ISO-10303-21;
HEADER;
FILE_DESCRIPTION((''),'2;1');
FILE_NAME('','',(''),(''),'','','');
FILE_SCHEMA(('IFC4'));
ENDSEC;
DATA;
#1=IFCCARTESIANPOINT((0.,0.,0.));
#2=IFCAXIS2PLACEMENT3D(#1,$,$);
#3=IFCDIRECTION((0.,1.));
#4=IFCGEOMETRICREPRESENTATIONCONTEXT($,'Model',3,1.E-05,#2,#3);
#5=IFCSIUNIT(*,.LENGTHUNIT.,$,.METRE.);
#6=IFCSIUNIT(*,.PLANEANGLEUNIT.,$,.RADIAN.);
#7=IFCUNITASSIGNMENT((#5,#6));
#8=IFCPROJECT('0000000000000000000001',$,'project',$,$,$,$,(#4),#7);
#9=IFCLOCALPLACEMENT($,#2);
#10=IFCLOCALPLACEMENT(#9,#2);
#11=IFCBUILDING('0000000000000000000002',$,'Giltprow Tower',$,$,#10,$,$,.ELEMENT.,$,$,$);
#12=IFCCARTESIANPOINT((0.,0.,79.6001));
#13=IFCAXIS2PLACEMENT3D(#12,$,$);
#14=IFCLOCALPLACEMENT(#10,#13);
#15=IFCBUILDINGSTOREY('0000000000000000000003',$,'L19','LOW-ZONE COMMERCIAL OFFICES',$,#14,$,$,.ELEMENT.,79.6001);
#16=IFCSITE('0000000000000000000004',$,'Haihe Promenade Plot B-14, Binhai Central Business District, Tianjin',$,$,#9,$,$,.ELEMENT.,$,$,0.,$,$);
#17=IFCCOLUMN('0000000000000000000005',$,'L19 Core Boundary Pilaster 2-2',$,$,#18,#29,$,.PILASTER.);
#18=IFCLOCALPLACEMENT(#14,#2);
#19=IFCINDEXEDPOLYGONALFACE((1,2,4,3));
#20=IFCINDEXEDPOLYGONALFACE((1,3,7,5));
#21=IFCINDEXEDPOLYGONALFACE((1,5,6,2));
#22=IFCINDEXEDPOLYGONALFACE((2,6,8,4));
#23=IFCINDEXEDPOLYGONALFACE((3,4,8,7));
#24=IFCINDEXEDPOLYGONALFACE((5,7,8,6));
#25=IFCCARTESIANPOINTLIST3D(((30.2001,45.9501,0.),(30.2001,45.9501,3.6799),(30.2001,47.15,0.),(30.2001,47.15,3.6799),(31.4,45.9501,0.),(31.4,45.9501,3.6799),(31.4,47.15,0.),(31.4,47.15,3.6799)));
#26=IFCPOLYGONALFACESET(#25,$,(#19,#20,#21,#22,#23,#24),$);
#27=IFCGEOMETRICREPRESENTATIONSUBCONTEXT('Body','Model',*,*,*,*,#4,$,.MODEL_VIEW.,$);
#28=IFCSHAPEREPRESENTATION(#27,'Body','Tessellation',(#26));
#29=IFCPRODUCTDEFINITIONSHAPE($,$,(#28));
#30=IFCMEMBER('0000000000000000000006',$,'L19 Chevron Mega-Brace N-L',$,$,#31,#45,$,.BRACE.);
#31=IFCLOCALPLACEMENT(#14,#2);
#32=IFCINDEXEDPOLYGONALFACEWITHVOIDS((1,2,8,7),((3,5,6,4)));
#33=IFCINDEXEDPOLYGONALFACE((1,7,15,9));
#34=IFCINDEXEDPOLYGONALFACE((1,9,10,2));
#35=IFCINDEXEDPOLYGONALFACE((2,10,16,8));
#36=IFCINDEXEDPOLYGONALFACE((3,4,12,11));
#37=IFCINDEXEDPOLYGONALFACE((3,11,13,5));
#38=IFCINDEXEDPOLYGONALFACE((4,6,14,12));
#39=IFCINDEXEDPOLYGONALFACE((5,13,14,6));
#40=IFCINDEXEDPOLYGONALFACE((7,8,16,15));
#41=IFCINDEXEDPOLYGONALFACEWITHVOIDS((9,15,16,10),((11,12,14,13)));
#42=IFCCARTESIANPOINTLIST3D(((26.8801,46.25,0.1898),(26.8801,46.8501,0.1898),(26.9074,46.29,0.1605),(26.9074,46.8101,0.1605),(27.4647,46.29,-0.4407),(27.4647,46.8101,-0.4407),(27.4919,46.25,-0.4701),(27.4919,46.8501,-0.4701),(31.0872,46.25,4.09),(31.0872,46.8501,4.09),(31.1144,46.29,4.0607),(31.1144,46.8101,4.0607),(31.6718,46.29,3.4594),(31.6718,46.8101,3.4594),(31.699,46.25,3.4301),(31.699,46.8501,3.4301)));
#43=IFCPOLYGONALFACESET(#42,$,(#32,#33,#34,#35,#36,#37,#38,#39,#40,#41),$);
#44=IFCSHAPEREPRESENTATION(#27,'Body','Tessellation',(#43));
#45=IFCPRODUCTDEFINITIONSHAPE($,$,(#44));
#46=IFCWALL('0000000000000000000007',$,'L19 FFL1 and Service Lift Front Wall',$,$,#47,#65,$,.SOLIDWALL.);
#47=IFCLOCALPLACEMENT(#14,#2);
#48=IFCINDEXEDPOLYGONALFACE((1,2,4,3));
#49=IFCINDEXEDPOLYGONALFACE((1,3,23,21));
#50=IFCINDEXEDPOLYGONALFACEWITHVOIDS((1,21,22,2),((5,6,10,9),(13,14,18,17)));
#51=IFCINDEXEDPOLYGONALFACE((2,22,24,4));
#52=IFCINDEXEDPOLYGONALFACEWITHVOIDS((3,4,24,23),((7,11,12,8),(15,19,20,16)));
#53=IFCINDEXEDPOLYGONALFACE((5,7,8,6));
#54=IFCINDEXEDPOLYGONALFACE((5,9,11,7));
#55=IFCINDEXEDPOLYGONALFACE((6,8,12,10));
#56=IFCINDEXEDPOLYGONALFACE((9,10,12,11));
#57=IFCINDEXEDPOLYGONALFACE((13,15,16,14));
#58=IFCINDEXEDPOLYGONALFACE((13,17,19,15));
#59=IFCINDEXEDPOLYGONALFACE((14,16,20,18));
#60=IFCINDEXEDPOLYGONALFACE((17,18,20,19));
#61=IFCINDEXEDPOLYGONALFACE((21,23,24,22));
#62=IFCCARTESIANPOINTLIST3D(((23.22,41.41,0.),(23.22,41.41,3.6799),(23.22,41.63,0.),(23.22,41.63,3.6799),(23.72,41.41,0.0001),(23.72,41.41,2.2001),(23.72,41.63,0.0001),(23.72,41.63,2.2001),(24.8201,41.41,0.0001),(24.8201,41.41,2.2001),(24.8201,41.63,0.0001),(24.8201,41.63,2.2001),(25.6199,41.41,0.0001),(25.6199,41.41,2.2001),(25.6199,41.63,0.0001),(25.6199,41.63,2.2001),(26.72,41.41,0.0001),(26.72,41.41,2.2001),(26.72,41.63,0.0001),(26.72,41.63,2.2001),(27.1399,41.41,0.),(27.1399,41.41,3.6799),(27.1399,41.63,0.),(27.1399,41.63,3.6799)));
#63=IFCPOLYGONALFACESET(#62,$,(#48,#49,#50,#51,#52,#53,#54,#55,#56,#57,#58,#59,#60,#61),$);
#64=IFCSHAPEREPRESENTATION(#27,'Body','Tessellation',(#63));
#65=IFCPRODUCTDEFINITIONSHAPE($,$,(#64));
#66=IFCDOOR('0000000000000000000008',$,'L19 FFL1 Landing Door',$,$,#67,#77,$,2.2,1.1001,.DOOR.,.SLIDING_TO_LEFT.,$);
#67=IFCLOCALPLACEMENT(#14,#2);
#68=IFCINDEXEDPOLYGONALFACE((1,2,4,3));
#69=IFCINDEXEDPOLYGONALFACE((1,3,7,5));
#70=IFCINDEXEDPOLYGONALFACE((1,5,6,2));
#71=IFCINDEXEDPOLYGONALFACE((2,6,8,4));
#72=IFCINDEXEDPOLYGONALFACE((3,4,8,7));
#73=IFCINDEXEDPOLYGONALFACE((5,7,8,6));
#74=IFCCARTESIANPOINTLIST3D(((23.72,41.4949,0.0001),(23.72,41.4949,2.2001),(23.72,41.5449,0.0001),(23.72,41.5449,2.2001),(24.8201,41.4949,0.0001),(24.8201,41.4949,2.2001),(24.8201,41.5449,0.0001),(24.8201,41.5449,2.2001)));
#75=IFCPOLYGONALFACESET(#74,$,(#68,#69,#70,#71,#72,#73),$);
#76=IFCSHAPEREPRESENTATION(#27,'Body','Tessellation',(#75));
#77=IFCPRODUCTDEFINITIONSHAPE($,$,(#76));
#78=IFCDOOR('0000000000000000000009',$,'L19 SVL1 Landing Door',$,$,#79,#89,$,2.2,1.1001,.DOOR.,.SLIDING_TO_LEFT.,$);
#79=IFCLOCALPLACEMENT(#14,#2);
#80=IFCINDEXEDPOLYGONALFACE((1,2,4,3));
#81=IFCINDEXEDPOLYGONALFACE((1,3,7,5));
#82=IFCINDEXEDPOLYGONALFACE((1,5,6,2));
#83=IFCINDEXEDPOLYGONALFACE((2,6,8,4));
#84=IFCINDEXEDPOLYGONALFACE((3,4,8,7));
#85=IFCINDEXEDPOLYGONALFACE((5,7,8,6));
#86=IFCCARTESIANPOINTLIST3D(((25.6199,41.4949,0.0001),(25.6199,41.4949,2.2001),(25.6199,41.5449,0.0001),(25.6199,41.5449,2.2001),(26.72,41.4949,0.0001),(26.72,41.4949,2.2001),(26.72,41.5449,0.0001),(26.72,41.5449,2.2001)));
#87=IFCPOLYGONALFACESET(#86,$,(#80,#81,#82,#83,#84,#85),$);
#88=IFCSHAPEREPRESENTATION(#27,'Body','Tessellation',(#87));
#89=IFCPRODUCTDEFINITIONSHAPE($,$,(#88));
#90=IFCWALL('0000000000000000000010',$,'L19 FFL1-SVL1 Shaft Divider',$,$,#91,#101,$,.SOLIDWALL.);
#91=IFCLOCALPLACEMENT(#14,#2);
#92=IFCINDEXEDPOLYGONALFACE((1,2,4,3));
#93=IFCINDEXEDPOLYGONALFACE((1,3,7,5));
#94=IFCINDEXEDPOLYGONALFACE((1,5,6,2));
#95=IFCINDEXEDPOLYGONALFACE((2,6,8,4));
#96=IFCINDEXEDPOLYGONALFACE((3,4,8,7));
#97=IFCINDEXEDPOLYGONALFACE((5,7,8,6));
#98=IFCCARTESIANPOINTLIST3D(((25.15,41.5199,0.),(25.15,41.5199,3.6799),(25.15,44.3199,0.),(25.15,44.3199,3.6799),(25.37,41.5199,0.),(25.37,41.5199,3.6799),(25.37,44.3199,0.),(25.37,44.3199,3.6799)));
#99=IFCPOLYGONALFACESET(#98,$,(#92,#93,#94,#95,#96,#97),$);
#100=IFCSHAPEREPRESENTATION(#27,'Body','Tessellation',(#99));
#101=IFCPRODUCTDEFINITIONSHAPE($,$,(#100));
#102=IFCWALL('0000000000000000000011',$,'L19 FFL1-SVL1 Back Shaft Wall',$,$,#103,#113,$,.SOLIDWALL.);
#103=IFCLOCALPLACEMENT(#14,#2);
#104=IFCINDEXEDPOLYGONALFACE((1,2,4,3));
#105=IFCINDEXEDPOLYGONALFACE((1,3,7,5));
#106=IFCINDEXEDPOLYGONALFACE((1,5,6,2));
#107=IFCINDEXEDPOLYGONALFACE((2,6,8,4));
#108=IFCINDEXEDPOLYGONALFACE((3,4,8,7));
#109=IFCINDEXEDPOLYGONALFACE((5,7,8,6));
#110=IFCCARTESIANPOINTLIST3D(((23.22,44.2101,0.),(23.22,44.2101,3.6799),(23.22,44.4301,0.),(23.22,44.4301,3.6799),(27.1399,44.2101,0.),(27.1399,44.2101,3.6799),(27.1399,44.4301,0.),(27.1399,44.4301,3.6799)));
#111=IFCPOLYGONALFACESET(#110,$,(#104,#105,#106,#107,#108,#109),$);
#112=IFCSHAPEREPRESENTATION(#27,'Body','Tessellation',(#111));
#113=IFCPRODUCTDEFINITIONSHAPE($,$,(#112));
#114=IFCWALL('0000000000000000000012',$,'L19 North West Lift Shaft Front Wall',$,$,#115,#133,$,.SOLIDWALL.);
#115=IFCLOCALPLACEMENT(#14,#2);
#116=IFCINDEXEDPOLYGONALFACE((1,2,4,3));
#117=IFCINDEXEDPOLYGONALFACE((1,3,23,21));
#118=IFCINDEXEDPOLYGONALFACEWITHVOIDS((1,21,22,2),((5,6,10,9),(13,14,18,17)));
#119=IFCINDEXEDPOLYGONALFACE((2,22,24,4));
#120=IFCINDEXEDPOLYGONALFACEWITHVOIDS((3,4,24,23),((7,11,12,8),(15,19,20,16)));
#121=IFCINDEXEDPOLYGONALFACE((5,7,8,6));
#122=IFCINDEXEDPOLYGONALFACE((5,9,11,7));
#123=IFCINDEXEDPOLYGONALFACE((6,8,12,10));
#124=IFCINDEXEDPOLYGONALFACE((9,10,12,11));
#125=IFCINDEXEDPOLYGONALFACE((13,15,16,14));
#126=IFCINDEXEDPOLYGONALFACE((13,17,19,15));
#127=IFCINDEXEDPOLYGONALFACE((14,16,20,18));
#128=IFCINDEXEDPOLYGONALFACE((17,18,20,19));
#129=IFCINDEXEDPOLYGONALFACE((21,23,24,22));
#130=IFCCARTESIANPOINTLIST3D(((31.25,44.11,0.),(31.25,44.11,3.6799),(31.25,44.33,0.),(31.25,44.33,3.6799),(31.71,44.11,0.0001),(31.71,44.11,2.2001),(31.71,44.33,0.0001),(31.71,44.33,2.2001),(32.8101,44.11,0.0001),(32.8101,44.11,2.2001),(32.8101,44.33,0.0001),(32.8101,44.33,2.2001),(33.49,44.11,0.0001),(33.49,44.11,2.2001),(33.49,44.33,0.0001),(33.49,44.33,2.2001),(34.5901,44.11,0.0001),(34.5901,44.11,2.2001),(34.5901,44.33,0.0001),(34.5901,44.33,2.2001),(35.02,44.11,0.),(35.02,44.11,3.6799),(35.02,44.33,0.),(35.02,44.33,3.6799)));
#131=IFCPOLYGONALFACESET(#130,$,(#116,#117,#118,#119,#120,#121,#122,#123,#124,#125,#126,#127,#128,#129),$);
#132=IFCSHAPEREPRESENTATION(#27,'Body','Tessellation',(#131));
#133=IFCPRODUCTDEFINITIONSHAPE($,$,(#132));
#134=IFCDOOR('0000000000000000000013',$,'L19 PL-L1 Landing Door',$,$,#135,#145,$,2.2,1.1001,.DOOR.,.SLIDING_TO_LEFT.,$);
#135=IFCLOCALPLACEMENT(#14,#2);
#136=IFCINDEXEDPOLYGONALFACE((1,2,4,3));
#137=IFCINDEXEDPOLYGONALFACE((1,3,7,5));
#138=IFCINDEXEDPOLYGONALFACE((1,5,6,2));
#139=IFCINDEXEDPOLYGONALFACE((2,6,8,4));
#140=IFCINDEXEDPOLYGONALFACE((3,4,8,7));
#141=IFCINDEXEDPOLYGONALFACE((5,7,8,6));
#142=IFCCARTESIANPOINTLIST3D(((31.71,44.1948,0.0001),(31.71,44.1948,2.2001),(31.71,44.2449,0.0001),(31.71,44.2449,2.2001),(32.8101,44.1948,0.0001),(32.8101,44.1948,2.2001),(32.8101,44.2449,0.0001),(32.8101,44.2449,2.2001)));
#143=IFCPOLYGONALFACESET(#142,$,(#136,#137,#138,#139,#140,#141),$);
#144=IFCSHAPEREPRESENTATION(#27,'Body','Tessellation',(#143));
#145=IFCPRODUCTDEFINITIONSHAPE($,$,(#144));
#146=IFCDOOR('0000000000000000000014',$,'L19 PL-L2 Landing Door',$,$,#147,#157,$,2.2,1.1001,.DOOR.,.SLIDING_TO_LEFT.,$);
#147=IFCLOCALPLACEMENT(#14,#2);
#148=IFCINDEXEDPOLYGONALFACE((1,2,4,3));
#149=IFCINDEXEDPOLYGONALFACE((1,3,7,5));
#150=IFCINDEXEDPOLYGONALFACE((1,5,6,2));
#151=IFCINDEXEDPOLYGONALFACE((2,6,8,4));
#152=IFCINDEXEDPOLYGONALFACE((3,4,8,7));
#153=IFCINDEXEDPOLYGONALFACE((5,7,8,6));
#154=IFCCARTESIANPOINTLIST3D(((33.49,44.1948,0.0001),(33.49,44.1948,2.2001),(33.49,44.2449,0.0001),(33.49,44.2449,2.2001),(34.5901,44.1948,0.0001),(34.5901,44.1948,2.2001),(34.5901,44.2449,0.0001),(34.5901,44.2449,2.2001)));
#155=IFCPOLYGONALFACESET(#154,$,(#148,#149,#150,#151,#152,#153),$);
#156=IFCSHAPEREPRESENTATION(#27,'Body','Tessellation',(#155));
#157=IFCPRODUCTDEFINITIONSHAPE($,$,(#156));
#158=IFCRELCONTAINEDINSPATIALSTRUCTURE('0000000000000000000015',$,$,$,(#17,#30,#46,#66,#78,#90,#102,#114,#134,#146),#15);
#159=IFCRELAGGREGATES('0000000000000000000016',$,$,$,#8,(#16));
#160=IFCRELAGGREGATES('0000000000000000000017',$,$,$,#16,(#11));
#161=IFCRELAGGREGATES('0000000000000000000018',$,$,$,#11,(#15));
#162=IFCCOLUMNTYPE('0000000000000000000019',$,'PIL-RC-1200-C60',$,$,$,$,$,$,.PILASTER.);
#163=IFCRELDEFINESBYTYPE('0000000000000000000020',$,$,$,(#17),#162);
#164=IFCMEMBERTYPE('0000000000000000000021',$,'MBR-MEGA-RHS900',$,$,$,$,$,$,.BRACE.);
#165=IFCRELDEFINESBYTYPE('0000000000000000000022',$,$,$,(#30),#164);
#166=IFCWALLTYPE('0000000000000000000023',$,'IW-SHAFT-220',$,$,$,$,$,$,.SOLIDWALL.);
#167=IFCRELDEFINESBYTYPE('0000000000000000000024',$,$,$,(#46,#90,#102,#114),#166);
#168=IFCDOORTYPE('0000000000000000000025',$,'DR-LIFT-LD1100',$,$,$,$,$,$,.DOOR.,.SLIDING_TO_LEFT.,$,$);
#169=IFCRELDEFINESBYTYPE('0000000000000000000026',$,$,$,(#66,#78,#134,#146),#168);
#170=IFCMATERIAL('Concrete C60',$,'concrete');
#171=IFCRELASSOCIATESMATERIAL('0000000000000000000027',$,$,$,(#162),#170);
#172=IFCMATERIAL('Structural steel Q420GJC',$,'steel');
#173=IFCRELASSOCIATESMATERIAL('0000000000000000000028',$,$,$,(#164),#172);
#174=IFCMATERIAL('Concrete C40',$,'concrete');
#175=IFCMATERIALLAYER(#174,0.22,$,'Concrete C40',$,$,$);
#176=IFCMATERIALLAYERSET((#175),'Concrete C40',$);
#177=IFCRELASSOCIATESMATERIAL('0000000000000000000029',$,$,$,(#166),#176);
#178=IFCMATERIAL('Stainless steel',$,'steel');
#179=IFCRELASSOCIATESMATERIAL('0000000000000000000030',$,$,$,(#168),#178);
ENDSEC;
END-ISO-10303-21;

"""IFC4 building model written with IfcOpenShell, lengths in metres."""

from ifc_helpers import new_model, si_unit, direction, frame, frame_2d, origin, origin_2d, place, context, subcontext, project, spatial, rectangle, hollow_rectangle, extrude, source, transform, mapped, material, layer, layer_set, material_profile, profile_set, type_object, element, fill, save


model = new_model("IFC4")

# Units and contexts
model_context = context("Model", 3, precision=1e-05, world=origin(), true_north=direction((0.0, 1.0)))
body_context = subcontext(model_context, "Body", "Model", "MODEL_VIEW")
ifc_project = project(units=[si_unit("LENGTHUNIT", "METRE"), si_unit("PLANEANGLEUNIT", "RADIAN")], contexts=[model_context])

# Site, building, storey
site_placement = place(None, origin())
site = spatial("IfcSite", under=ifc_project, at=site_placement, Name="Haihe Promenade Plot B-14, Binhai Central Business District, Tianjin", CompositionType="ELEMENT", RefElevation=0.0)
building_placement = place(site_placement, origin())
building = spatial("IfcBuilding", under=site, at=building_placement, Name="Giltprow Tower", CompositionType="ELEMENT")
storey_placement = place(building_placement, frame((0.0, 0.0, 79.6001)))
storey = spatial("IfcBuildingStorey", under=building, at=storey_placement, Name="L19", Description="LOW-ZONE COMMERCIAL OFFICES", CompositionType="ELEMENT", Elevation=79.6001)

# Column
ifc_material_1 = material(Name="Concrete C60", Category="concrete")
ifc_material_profile_1 = material_profile(ifc_material_1, rectangle(XDim=1.2, YDim=1.2, at=origin_2d()), Name="RC 1200x1200")
ifc_profile_set_1 = profile_set([ifc_material_profile_1], Name="Concrete C60")
column_type = type_object("IfcColumnType", Name="PIL-RC-1200-C60", PredefinedType="PILASTER", material=ifc_profile_set_1)
shared_shape_1 = source(origin(), body_context, "Body", "SweptSolid", [
    extrude(rectangle(XDim=1.2, YDim=1.2, at=origin_2d()), origin(), (0.0, 0.0, 1.0), 3.6799),
])
column_placement = place(storey_placement, frame((30.8, 46.55, 0.0), z_axis=(0.0, 0.0, 1.0), x_axis=(1.0, 0.0, 0.0)))
element("IfcColumn", 1, at=column_placement, inside=storey, type_object=column_type, Name="L19 Core Boundary Pilaster 2-2", PredefinedType="PILASTER", context=body_context, shape_type="MappedRepresentation", body=[
    mapped(shared_shape_1, transform((0.0, 0.0, 0.0), x_axis=(1.0, 0.0, 0.0), y_axis=(0.0, 1.0, 0.0), z_axis=(0.0, 0.0, 1.0), scale=1.0)),
])

# Member
ifc_material_2 = material(Name="Structural steel Q420GJC", Category="steel")
ifc_material_profile_2 = material_profile(ifc_material_2, hollow_rectangle(XDim=0.6001, YDim=0.8999, WallThickness=0.04, at=origin_2d()), Name="RHS 900x600x40")
ifc_profile_set_2 = profile_set([ifc_material_profile_2], Name="Structural steel Q420GJC")
member_type = type_object("IfcMemberType", Name="MBR-MEGA-RHS900", PredefinedType="BRACE", material=ifc_profile_set_2)
shared_shape_2 = source(origin(), body_context, "Body", "SweptSolid", [
    extrude(hollow_rectangle(XDim=0.6001, YDim=0.8999, WallThickness=0.04, at=origin_2d()), origin(), (0.0, 0.0, 1.0), 5.7368),
])
member_placement = place(storey_placement, frame((27.186, 46.55, -0.1401), z_axis=(0.733348, 0.0, 0.679853), x_axis=(0.0, 1.0, 0.0)))
element("IfcMember", 2, at=member_placement, inside=storey, type_object=member_type, Name="L19 Chevron Mega-Brace N-L", PredefinedType="BRACE", context=body_context, shape_type="MappedRepresentation", body=[
    mapped(shared_shape_2, transform((0.0, 0.0, 0.0), x_axis=(1.0, 0.0, 0.0), y_axis=(0.0, 1.0, 0.0), z_axis=(0.0, 0.0, 1.0), scale=1.0)),
])

# Wall, openings, doors
ifc_material_3 = material(Name="Concrete C40", Category="concrete")
ifc_layer_1 = layer(ifc_material_3, 0.22, Name="Concrete C40")
ifc_layer_set_1 = layer_set([ifc_layer_1], Name="Concrete C40")
wall_type_1 = type_object("IfcWallType", Name="IW-SHAFT-220", PredefinedType="SOLIDWALL", material=ifc_layer_set_1)
wall_1_placement = place(storey_placement, frame((23.22, 41.52, 0.0), z_axis=(0.0, 0.0, 1.0), x_axis=(1.0, 0.0, 0.0)))
wall_1 = element("IfcWall", 3, at=wall_1_placement, inside=storey, type_object=wall_type_1, Name="L19 FFL1 and Service Lift Front Wall", PredefinedType="SOLIDWALL", context=body_context, shape_type="SweptSolid", body=[
    extrude(rectangle(XDim=3.9199, YDim=0.22, at=frame_2d((1.96, 0.0))), origin(), (0.0, 0.0, 1.0), 3.6799),
])
opening_1_placement = place(wall_1_placement, frame((0.5, 0.0, 0.0)))
opening_1 = element("IfcOpeningElement", 4, at=opening_1_placement, cuts=wall_1, PredefinedType="OPENING", context=body_context, shape_type="SweptSolid", body=[
    extrude(rectangle(XDim=1.1001, YDim=2.2, at=frame_2d((0.55, 1.1001))), frame((0.0, 0.1199, 0.0), z_axis=(0.0, -1.0, 0.0), x_axis=(1.0, 0.0, 0.0)), (0.0, 0.0, 1.0), 0.24),
])
opening_2_placement = place(wall_1_placement, frame((2.3999, 0.0, 0.0)))
opening_2 = element("IfcOpeningElement", 5, at=opening_2_placement, cuts=wall_1, PredefinedType="OPENING", context=body_context, shape_type="SweptSolid", body=[
    extrude(rectangle(XDim=1.1001, YDim=2.2, at=frame_2d((0.55, 1.1001))), frame((0.0, 0.1199, 0.0), z_axis=(0.0, -1.0, 0.0), x_axis=(1.0, 0.0, 0.0)), (0.0, 0.0, 1.0), 0.24),
])
ifc_material_4 = material(Name="Stainless steel", Category="steel")
door_type = type_object("IfcDoorType", Name="DR-LIFT-LD1100", OperationType="SLIDING_TO_LEFT", PredefinedType="DOOR", material=ifc_material_4)
shared_shape_3 = source(origin(), body_context, "Body", "SweptSolid", [
    extrude(rectangle(XDim=1.1001, YDim=2.2, at=frame_2d((0.55, 1.1001))), frame((0.0, 0.0249, 0.0), z_axis=(0.0, -1.0, 0.0), x_axis=(1.0, 0.0, 0.0)), (0.0, 0.0, 1.0), 0.05),
])
door_1_placement = place(opening_1_placement, origin())
door_1 = element("IfcDoor", 6, at=door_1_placement, inside=storey, type_object=door_type, Name="L19 FFL1 Landing Door", OperationType="SLIDING_TO_LEFT", OverallHeight=2.2, OverallWidth=1.1001, PredefinedType="DOOR", context=body_context, shape_type="MappedRepresentation", body=[
    mapped(shared_shape_3, transform((0.0, 0.0, 0.0), x_axis=(1.0, 0.0, 0.0), y_axis=(0.0, 1.0, 0.0), z_axis=(0.0, 0.0, 1.0), scale=1.0)),
])
fill(opening_1, door_1)
door_2_placement = place(opening_2_placement, origin())
door_2 = element("IfcDoor", 7, at=door_2_placement, inside=storey, type_object=door_type, Name="L19 SVL1 Landing Door", OperationType="SLIDING_TO_LEFT", OverallHeight=2.2, OverallWidth=1.1001, PredefinedType="DOOR", context=body_context, shape_type="MappedRepresentation", body=[
    mapped(shared_shape_3, transform((0.0, 0.0, 0.0), x_axis=(1.0, 0.0, 0.0), y_axis=(0.0, 1.0, 0.0), z_axis=(0.0, 0.0, 1.0), scale=1.0)),
])
fill(opening_2, door_2)

# Walls
wall_2_placement = place(storey_placement, frame((25.26, 41.52, 0.0), z_axis=(0.0, 0.0, 1.0), x_axis=(0.0, 1.0, 0.0)))
element("IfcWall", 8, at=wall_2_placement, inside=storey, type_object=wall_type_1, Name="L19 FFL1-SVL1 Shaft Divider", PredefinedType="SOLIDWALL", context=body_context, shape_type="SweptSolid", body=[
    extrude(rectangle(XDim=2.8, YDim=0.22, at=frame_2d((1.3999, 0.0))), origin(), (0.0, 0.0, 1.0), 3.6799),
])
wall_3_placement = place(storey_placement, frame((23.22, 44.3201, 0.0), z_axis=(0.0, 0.0, 1.0), x_axis=(1.0, 0.0, 0.0)))
element("IfcWall", 9, at=wall_3_placement, inside=storey, type_object=wall_type_1, Name="L19 FFL1-SVL1 Back Shaft Wall", PredefinedType="SOLIDWALL", context=body_context, shape_type="SweptSolid", body=[
    extrude(rectangle(XDim=3.9199, YDim=0.22, at=frame_2d((1.96, 0.0))), origin(), (0.0, 0.0, 1.0), 3.6799),
])

# Wall, openings, doors
wall_4_placement = place(storey_placement, frame((31.25, 44.22, 0.0), z_axis=(0.0, 0.0, 1.0), x_axis=(1.0, 0.0, 0.0)))
wall_4 = element("IfcWall", 10, at=wall_4_placement, inside=storey, type_object=wall_type_1, Name="L19 North West Lift Shaft Front Wall", PredefinedType="SOLIDWALL", context=body_context, shape_type="SweptSolid", body=[
    extrude(rectangle(XDim=3.77, YDim=0.22, at=frame_2d((1.885, 0.0))), origin(), (0.0, 0.0, 1.0), 3.6799),
])
opening_3_placement = place(wall_4_placement, frame((0.46, 0.0, 0.0)))
opening_3 = element("IfcOpeningElement", 11, at=opening_3_placement, cuts=wall_4, PredefinedType="OPENING", context=body_context, shape_type="SweptSolid", body=[
    extrude(rectangle(XDim=1.1001, YDim=2.2, at=frame_2d((0.55, 1.1001))), frame((0.0, 0.1199, 0.0), z_axis=(0.0, -1.0, 0.0), x_axis=(1.0, 0.0, 0.0)), (0.0, 0.0, 1.0), 0.24),
])
opening_4_placement = place(wall_4_placement, frame((2.24, 0.0, 0.0)))
opening_4 = element("IfcOpeningElement", 12, at=opening_4_placement, cuts=wall_4, PredefinedType="OPENING", context=body_context, shape_type="SweptSolid", body=[
    extrude(rectangle(XDim=1.1001, YDim=2.2, at=frame_2d((0.55, 1.1001))), frame((0.0, 0.1199, 0.0), z_axis=(0.0, -1.0, 0.0), x_axis=(1.0, 0.0, 0.0)), (0.0, 0.0, 1.0), 0.24),
])
door_3_placement = place(opening_3_placement, origin())
door_3 = element("IfcDoor", 13, at=door_3_placement, inside=storey, type_object=door_type, Name="L19 PL-L1 Landing Door", OperationType="SLIDING_TO_LEFT", OverallHeight=2.2, OverallWidth=1.1001, PredefinedType="DOOR", context=body_context, shape_type="MappedRepresentation", body=[
    mapped(shared_shape_3, transform((0.0, 0.0, 0.0), x_axis=(1.0, 0.0, 0.0), y_axis=(0.0, 1.0, 0.0), z_axis=(0.0, 0.0, 1.0), scale=1.0)),
])
fill(opening_3, door_3)
door_4_placement = place(opening_4_placement, origin())
door_4 = element("IfcDoor", 14, at=door_4_placement, inside=storey, type_object=door_type, Name="L19 PL-L2 Landing Door", OperationType="SLIDING_TO_LEFT", OverallHeight=2.2, OverallWidth=1.1001, PredefinedType="DOOR", context=body_context, shape_type="MappedRepresentation", body=[
    mapped(shared_shape_3, transform((0.0, 0.0, 0.0), x_axis=(1.0, 0.0, 0.0), y_axis=(0.0, 1.0, 0.0), z_axis=(0.0, 0.0, 1.0), scale=1.0)),
])
fill(opening_4, door_4)

save(model, "model.ifc")
